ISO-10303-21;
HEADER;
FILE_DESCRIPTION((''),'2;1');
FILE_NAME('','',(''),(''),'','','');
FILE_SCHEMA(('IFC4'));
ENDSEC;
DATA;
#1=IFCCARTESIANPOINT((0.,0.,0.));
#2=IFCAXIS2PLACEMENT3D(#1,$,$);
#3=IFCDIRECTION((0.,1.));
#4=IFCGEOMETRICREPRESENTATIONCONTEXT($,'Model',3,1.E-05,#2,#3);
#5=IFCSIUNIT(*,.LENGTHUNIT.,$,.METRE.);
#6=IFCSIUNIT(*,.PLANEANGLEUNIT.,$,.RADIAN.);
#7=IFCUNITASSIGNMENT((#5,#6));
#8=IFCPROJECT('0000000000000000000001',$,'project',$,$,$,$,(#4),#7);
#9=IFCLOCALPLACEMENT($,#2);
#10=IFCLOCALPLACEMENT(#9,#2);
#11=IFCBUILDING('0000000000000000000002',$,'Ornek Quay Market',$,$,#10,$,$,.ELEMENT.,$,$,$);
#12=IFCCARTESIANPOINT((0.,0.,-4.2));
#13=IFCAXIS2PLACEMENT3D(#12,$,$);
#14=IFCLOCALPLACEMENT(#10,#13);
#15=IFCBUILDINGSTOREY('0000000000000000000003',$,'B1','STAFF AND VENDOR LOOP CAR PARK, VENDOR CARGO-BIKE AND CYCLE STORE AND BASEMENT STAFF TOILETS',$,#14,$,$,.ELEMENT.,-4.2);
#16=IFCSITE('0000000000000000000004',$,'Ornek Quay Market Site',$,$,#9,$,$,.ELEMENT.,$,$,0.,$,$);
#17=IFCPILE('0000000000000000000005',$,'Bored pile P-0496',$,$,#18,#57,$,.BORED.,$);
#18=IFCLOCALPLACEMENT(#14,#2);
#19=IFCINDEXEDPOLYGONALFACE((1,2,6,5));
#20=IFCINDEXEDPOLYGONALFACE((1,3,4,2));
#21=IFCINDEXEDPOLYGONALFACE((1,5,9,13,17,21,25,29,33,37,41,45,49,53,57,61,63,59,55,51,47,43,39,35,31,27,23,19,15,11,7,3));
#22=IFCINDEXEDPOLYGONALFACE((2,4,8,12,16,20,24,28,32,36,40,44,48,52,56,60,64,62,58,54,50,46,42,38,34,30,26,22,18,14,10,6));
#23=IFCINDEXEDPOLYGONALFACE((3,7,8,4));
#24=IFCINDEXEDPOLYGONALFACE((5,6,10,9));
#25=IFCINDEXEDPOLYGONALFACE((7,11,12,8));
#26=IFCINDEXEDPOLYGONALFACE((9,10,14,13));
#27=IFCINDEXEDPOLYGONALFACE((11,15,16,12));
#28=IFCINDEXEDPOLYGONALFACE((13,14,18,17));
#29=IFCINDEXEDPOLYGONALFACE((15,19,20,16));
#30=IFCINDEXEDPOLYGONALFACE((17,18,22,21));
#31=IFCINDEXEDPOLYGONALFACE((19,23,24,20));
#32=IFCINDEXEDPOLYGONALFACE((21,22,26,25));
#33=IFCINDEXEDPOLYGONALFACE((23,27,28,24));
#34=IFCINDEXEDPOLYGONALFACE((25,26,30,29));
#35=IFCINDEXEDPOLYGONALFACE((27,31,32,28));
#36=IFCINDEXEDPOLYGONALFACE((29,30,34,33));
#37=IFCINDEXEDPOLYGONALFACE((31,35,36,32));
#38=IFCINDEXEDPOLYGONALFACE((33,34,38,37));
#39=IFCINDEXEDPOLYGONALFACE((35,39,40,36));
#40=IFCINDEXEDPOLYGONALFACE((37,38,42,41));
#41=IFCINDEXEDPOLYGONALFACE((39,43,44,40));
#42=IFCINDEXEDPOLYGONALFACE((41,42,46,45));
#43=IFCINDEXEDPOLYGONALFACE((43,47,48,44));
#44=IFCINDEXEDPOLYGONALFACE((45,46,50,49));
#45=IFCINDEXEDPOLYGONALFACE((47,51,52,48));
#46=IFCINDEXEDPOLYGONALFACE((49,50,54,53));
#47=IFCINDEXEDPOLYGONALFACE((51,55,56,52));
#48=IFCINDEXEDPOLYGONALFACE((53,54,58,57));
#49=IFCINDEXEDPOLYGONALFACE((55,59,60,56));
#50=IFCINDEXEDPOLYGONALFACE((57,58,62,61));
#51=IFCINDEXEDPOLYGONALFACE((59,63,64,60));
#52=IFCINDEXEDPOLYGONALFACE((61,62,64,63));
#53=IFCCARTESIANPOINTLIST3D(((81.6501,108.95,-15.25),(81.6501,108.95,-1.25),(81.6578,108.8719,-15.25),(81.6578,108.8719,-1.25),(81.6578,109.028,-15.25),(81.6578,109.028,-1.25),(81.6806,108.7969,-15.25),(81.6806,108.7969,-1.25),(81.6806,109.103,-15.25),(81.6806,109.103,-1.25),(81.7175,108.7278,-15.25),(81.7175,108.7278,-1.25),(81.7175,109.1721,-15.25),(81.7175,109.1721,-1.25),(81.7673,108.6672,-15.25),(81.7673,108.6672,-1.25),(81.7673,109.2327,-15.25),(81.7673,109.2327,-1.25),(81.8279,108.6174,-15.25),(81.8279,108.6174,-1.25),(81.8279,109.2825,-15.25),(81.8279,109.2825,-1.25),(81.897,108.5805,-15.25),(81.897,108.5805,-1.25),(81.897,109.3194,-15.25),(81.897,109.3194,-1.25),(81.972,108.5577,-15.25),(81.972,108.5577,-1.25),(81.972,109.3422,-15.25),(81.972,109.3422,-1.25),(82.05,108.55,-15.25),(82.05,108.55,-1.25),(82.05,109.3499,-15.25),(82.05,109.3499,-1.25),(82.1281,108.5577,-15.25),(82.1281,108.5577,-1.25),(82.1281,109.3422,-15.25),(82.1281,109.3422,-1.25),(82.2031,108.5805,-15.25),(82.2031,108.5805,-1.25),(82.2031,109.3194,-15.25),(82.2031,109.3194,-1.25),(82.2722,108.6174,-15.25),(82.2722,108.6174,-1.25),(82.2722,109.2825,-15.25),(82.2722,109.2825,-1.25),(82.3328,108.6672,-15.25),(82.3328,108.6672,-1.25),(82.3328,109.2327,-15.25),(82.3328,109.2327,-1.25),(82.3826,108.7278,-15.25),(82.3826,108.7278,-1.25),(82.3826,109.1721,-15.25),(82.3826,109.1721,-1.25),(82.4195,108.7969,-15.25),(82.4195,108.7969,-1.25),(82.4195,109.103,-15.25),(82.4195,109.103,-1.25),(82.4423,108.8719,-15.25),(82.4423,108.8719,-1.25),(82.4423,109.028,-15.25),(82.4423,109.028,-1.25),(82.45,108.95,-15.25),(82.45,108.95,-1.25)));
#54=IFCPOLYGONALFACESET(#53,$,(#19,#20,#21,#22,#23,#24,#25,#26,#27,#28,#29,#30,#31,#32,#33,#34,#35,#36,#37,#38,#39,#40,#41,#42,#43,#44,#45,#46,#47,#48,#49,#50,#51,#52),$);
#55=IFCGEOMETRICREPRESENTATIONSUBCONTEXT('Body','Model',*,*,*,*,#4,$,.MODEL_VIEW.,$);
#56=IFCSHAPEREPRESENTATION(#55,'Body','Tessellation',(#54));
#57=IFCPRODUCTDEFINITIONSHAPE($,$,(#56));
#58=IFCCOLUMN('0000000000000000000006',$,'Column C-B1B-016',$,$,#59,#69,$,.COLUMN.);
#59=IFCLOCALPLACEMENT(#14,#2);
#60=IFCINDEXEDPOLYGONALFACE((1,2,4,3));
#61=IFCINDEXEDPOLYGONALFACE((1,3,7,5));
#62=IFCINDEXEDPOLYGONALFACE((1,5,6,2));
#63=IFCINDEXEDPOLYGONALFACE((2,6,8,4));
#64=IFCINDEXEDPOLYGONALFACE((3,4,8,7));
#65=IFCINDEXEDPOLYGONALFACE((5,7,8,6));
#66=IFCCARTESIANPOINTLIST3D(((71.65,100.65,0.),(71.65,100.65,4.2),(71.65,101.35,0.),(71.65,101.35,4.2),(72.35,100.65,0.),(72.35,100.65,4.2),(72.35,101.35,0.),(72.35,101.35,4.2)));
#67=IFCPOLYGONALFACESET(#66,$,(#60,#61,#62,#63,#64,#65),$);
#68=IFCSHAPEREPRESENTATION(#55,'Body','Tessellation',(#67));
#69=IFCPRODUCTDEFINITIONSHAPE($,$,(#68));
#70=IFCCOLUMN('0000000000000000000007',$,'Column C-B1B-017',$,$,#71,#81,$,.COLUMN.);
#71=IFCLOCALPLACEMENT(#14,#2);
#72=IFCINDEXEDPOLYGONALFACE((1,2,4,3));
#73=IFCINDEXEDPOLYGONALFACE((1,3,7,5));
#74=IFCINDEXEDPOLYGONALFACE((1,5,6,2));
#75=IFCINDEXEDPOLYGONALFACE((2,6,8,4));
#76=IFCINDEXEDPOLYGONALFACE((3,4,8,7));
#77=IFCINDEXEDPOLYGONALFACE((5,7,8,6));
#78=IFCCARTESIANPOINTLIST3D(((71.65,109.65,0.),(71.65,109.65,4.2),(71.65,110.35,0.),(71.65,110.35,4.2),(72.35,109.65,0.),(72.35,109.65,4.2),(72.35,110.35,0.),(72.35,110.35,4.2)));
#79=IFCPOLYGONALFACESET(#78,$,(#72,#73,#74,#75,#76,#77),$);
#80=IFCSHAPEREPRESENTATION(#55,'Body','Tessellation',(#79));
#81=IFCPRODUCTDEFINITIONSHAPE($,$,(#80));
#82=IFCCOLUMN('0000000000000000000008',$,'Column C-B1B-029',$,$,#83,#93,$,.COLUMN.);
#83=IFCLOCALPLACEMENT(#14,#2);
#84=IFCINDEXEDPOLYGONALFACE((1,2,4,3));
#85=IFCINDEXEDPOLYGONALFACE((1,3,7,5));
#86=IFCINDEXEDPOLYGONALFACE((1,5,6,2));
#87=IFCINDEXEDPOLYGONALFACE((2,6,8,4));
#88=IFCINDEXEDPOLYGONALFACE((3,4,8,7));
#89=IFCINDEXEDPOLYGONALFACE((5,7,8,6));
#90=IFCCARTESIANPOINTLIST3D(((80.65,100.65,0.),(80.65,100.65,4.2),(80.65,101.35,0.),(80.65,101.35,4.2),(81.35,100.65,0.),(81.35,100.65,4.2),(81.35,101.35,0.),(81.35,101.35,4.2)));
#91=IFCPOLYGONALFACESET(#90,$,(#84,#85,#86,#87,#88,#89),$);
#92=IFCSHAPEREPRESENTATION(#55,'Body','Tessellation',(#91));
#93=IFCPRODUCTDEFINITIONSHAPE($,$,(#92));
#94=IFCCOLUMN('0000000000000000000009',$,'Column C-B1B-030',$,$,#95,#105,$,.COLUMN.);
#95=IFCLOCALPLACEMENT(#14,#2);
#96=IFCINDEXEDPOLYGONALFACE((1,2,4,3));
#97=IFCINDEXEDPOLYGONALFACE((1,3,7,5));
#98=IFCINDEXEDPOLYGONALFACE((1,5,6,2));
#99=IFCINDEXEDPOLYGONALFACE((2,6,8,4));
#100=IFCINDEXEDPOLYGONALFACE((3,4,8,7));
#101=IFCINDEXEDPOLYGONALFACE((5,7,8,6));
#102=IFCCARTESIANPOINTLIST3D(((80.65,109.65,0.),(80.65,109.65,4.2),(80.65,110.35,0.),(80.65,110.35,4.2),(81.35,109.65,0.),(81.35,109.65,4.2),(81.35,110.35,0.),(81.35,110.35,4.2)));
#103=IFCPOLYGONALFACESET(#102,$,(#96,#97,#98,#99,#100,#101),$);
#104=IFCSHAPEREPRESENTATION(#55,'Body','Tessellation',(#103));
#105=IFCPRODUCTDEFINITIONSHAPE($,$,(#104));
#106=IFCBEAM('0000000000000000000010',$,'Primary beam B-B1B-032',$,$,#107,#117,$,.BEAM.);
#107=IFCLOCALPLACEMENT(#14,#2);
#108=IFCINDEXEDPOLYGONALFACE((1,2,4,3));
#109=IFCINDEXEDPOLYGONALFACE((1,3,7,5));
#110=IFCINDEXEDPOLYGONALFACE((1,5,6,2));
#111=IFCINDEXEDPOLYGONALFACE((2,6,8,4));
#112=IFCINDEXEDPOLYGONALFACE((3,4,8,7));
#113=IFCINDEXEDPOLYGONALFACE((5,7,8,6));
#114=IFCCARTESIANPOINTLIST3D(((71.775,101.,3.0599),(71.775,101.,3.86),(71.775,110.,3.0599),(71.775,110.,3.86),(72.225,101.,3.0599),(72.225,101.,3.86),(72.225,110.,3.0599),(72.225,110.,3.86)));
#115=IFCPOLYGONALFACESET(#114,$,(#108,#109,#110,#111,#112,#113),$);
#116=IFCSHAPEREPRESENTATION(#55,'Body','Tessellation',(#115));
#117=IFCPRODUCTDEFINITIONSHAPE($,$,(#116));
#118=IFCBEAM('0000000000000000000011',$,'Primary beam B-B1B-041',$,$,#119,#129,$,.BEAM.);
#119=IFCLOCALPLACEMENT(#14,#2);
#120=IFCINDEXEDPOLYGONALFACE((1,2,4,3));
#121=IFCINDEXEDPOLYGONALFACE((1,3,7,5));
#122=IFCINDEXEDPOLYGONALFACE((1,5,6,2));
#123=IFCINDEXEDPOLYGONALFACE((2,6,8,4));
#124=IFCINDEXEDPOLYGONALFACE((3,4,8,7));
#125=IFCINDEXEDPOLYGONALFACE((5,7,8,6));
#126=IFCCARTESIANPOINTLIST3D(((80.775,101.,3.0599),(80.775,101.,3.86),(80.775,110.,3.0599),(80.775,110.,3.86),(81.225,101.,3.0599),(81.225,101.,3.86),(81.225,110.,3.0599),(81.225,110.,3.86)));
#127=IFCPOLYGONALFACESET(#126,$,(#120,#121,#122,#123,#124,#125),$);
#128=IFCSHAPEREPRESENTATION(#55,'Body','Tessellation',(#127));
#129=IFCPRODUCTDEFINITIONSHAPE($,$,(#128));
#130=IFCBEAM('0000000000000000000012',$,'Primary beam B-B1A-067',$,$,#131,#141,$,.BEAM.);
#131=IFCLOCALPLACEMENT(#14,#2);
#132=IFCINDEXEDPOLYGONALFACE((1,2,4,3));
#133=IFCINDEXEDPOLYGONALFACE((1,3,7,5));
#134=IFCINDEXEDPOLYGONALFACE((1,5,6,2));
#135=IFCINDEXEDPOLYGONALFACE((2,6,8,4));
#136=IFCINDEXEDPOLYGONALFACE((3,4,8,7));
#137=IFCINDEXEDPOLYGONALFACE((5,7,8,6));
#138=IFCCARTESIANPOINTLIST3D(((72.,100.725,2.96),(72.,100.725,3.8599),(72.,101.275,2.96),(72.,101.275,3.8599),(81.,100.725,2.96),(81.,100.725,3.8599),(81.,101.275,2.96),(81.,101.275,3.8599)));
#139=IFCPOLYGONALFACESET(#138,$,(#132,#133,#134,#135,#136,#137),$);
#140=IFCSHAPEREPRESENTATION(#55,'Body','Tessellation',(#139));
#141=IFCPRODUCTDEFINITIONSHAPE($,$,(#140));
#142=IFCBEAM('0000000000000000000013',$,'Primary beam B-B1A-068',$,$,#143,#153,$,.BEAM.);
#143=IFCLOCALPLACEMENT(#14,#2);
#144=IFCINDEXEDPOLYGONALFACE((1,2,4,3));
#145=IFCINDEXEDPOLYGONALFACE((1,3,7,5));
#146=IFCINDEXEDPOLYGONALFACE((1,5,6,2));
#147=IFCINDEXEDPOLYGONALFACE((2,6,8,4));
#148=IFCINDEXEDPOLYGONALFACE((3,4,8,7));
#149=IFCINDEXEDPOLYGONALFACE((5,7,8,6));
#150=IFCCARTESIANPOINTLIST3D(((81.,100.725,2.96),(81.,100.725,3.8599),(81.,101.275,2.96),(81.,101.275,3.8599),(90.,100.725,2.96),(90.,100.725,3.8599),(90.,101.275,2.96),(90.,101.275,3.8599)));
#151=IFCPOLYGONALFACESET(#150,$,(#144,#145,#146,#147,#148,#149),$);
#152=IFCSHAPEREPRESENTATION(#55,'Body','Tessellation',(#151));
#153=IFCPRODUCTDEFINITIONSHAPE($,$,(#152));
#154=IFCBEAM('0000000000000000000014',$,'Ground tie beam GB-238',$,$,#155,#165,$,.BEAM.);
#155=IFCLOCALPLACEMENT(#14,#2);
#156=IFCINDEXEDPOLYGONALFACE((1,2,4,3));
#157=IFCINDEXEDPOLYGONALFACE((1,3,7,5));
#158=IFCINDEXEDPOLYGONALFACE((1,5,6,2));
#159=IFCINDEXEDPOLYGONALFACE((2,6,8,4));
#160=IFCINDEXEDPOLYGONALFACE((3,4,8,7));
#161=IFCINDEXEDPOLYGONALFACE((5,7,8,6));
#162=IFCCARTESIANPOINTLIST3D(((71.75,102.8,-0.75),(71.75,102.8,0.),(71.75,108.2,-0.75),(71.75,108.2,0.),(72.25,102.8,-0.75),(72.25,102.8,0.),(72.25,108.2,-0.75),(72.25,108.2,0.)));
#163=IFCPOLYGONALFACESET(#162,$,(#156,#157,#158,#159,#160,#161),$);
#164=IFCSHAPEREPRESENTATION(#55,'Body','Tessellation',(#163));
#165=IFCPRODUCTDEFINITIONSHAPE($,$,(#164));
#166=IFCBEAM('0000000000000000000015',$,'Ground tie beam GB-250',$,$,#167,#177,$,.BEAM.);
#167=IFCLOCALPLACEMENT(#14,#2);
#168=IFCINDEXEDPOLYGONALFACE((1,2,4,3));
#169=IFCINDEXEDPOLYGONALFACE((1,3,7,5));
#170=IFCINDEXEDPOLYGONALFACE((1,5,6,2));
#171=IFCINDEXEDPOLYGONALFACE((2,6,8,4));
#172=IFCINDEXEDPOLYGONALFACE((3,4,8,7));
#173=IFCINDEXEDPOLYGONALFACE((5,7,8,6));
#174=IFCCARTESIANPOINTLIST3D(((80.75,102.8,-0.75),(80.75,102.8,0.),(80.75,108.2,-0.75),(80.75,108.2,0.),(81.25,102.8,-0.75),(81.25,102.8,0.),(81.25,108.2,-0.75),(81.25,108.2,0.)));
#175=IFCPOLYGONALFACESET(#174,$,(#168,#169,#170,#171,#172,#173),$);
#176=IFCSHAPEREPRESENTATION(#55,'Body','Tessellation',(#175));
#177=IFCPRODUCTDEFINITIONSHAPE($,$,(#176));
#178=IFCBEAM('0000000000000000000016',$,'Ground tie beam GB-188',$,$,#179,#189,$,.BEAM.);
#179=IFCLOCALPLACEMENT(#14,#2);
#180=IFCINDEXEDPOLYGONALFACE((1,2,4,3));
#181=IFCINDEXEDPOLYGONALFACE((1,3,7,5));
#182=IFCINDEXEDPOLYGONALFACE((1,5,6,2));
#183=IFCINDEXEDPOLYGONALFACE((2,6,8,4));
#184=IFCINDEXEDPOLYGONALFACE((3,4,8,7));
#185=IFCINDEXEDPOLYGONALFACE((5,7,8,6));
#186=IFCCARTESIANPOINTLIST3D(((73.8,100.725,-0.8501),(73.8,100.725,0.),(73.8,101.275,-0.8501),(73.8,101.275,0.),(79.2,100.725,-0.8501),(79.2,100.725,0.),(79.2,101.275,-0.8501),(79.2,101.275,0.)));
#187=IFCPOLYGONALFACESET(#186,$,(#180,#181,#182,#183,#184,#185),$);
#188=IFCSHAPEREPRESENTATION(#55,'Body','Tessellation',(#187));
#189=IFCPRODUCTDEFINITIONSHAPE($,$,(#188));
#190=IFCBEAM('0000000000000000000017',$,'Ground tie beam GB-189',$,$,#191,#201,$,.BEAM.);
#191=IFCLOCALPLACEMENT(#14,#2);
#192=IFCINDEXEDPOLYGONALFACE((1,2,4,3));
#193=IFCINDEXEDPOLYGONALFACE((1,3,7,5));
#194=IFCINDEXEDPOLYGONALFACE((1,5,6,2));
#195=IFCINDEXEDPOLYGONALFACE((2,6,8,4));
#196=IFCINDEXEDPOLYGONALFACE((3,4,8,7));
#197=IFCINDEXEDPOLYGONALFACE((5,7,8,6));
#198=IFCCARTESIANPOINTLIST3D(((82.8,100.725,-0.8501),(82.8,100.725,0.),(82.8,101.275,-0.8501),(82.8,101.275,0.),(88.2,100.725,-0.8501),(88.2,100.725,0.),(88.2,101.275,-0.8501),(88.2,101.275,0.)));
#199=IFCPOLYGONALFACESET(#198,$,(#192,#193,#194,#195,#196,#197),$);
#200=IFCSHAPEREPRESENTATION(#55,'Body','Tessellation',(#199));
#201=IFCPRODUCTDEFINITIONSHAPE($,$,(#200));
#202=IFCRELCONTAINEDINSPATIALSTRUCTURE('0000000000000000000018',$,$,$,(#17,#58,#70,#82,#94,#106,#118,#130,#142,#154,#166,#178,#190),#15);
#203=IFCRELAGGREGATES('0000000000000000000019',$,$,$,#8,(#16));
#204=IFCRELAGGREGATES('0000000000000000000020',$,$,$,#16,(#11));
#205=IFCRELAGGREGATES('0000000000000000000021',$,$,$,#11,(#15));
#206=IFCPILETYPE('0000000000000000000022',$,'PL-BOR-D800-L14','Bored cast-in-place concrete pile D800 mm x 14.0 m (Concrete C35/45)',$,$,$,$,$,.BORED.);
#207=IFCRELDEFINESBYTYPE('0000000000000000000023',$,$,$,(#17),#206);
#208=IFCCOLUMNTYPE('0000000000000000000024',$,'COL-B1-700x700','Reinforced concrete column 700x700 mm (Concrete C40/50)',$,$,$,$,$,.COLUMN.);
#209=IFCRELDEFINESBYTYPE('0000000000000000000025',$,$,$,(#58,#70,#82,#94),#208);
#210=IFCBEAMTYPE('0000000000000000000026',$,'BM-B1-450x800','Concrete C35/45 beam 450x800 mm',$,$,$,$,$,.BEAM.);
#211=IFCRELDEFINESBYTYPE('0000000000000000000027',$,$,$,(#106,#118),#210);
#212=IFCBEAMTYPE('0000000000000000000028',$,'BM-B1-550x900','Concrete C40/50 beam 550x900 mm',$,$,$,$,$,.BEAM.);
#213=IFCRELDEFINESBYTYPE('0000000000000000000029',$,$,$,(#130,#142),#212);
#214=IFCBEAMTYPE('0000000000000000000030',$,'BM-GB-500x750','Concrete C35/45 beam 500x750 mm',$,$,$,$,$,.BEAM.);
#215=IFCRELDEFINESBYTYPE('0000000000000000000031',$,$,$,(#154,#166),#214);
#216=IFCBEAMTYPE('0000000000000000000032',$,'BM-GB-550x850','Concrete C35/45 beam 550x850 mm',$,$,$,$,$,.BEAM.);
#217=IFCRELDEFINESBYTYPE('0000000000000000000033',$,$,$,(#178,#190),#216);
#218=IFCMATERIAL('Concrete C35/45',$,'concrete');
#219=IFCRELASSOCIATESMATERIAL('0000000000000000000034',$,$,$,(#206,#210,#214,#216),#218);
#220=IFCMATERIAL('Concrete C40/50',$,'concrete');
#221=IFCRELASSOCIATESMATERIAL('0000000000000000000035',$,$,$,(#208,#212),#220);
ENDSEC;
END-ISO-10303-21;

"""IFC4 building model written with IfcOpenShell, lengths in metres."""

from ifc_helpers import new_model, si_unit, direction, frame, origin, origin_2d, place, context, subcontext, project, spatial, rectangle, circle, extrude, material, material_profile, profile_set, type_object, element, save


model = new_model("IFC4")

# Units and contexts
model_context = context("Model", 3, precision=1e-05, world=origin(), true_north=direction((0.0, 1.0)))
body_context = subcontext(model_context, "Body", "Model", "MODEL_VIEW")
ifc_project = project(units=[si_unit("LENGTHUNIT", "METRE"), si_unit("PLANEANGLEUNIT", "RADIAN")], contexts=[model_context])

# Site, building, storey
site_placement = place(None, origin())
site = spatial("IfcSite", under=ifc_project, at=site_placement, Name="Ornek Quay Market Site", CompositionType="ELEMENT", RefElevation=0.0)
building_placement = place(site_placement, origin())
building = spatial("IfcBuilding", under=site, at=building_placement, Name="Ornek Quay Market", CompositionType="ELEMENT")
storey_placement = place(building_placement, frame((0.0, 0.0, -4.2)))
storey = spatial("IfcBuildingStorey", under=building, at=storey_placement, Name="B1", Description="STAFF AND VENDOR LOOP CAR PARK, VENDOR CARGO-BIKE AND CYCLE STORE AND BASEMENT STAFF TOILETS", CompositionType="ELEMENT", Elevation=-4.2)

# Pile
ifc_material_1 = material(Name="Concrete C35/45", Category="concrete")
ifc_material_profile_1 = material_profile(ifc_material_1, circle(Radius=0.3999, at=origin_2d()), Name="PILE D800", Category="concrete")
ifc_profile_set_1 = profile_set([ifc_material_profile_1], Name="Concrete C35/45")
pile_type = type_object("IfcPileType", Name="PL-BOR-D800-L14", Description="Bored cast-in-place concrete pile D800 mm x 14.0 m (Concrete C35/45)", PredefinedType="BORED", material=ifc_profile_set_1)
for number, where, z_axis, x_axis, name in (
    (1, (82.05, 108.95, -1.25), (0.0, 0.0, -1.0), (1.0, 0.0, 0.0), "Bored pile P-0496"),
):
    element("IfcPile", number, at=place(storey_placement, frame(where, z_axis=z_axis, x_axis=x_axis)), inside=storey, type_object=pile_type, Name=name, PredefinedType="BORED", context=body_context, shape_type="SweptSolid", body=[
        extrude(circle(Radius=0.3999, at=origin_2d()), origin(), (0.0, 0.0, 1.0), 14.0),
    ])

# Columns
ifc_material_2 = material(Name="Concrete C40/50", Category="concrete")
ifc_material_profile_2 = material_profile(ifc_material_2, rectangle(XDim=0.7, YDim=0.7, at=origin_2d()), Name="RC 700x700", Category="concrete")
ifc_profile_set_2 = profile_set([ifc_material_profile_2], Name="Concrete C40/50")
column_type = type_object("IfcColumnType", Name="COL-B1-700x700", Description="Reinforced concrete column 700x700 mm (Concrete C40/50)", PredefinedType="COLUMN", material=ifc_profile_set_2)
for number, where, z_axis, x_axis, name in (
    (2, (72.0, 101.0, 0.0), (0.0, 0.0, 1.0), (1.0, 0.0, 0.0), "Column C-B1B-016"),
    (3, (72.0, 110.0, 0.0), (0.0, 0.0, 1.0), (1.0, 0.0, 0.0), "Column C-B1B-017"),
    (4, (81.0, 101.0, 0.0), (0.0, 0.0, 1.0), (1.0, 0.0, 0.0), "Column C-B1B-029"),
    (5, (81.0, 110.0, 0.0), (0.0, 0.0, 1.0), (1.0, 0.0, 0.0), "Column C-B1B-030"),
):
    element("IfcColumn", number, at=place(storey_placement, frame(where, z_axis=z_axis, x_axis=x_axis)), inside=storey, type_object=column_type, Name=name, PredefinedType="COLUMN", context=body_context, shape_type="SweptSolid", body=[
        extrude(rectangle(XDim=0.7, YDim=0.7, at=origin_2d()), origin(), (0.0, 0.0, 1.0), 4.2),
    ])

# Beams
ifc_material_profile_3 = material_profile(ifc_material_1, rectangle(XDim=0.45, YDim=0.8, at=origin_2d()), Name="RC 450x800", Category="concrete")
ifc_profile_set_3 = profile_set([ifc_material_profile_3], Name="Concrete C35/45")
beam_type_1 = type_object("IfcBeamType", Name="BM-B1-450x800", Description="Concrete C35/45 beam 450x800 mm", PredefinedType="BEAM", material=ifc_profile_set_3)
for number, where, z_axis, x_axis, name in (
    (6, (72.0, 101.0, 3.46), (0.0, 1.0, 0.0), (-1.0, 0.0, 0.0), "Primary beam B-B1B-032"),
    (7, (81.0, 101.0, 3.46), (0.0, 1.0, 0.0), (-1.0, 0.0, 0.0), "Primary beam B-B1B-041"),
):
    element("IfcBeam", number, at=place(storey_placement, frame(where, z_axis=z_axis, x_axis=x_axis)), inside=storey, type_object=beam_type_1, Name=name, PredefinedType="BEAM", context=body_context, shape_type="SweptSolid", body=[
        extrude(rectangle(XDim=0.45, YDim=0.8, at=origin_2d()), origin(), (0.0, 0.0, 1.0), 9.0),
    ])
ifc_material_profile_4 = material_profile(ifc_material_2, rectangle(XDim=0.55, YDim=0.8999, at=origin_2d()), Name="RC 550x900", Category="concrete")
ifc_profile_set_4 = profile_set([ifc_material_profile_4], Name="Concrete C40/50")
beam_type_2 = type_object("IfcBeamType", Name="BM-B1-550x900", Description="Concrete C40/50 beam 550x900 mm", PredefinedType="BEAM", material=ifc_profile_set_4)
for number, where, z_axis, x_axis, name in (
    (8, (72.0, 101.0, 3.4099), (1.0, 0.0, 0.0), (0.0, 1.0, 0.0), "Primary beam B-B1A-067"),
    (9, (81.0, 101.0, 3.4099), (1.0, 0.0, 0.0), (0.0, 1.0, 0.0), "Primary beam B-B1A-068"),
):
    element("IfcBeam", number, at=place(storey_placement, frame(where, z_axis=z_axis, x_axis=x_axis)), inside=storey, type_object=beam_type_2, Name=name, PredefinedType="BEAM", context=body_context, shape_type="SweptSolid", body=[
        extrude(rectangle(XDim=0.55, YDim=0.8999, at=origin_2d()), origin(), (0.0, 0.0, 1.0), 9.0),
    ])
ifc_material_profile_5 = material_profile(ifc_material_1, rectangle(XDim=0.5, YDim=0.75, at=origin_2d()), Name="RC 500x750", Category="concrete")
ifc_profile_set_5 = profile_set([ifc_material_profile_5], Name="Concrete C35/45")
beam_type_3 = type_object("IfcBeamType", Name="BM-GB-500x750", Description="Concrete C35/45 beam 500x750 mm", PredefinedType="BEAM", material=ifc_profile_set_5)
for number, where, z_axis, x_axis, name in (
    (10, (72.0, 102.8, -0.375), (0.0, 1.0, 0.0), (-1.0, 0.0, 0.0), "Ground tie beam GB-238"),
    (11, (81.0, 102.8, -0.375), (0.0, 1.0, 0.0), (-1.0, 0.0, 0.0), "Ground tie beam GB-250"),
):
    element("IfcBeam", number, at=place(storey_placement, frame(where, z_axis=z_axis, x_axis=x_axis)), inside=storey, type_object=beam_type_3, Name=name, PredefinedType="BEAM", context=body_context, shape_type="SweptSolid", body=[
        extrude(rectangle(XDim=0.5, YDim=0.75, at=origin_2d()), origin(), (0.0, 0.0, 1.0), 5.3999),
    ])
ifc_material_profile_6 = material_profile(ifc_material_1, rectangle(XDim=0.55, YDim=0.8501, at=origin_2d()), Name="RC 550x850", Category="concrete")
ifc_profile_set_6 = profile_set([ifc_material_profile_6], Name="Concrete C35/45")
beam_type_4 = type_object("IfcBeamType", Name="BM-GB-550x850", Description="Concrete C35/45 beam 550x850 mm", PredefinedType="BEAM", material=ifc_profile_set_6)
for number, where, z_axis, x_axis, name in (
    (12, (73.8, 101.0, -0.425), (1.0, 0.0, 0.0), (0.0, 1.0, 0.0), "Ground tie beam GB-188"),
    (13, (82.8, 101.0, -0.425), (1.0, 0.0, 0.0), (0.0, 1.0, 0.0), "Ground tie beam GB-189"),
):
    element("IfcBeam", number, at=place(storey_placement, frame(where, z_axis=z_axis, x_axis=x_axis)), inside=storey, type_object=beam_type_4, Name=name, PredefinedType="BEAM", context=body_context, shape_type="SweptSolid", body=[
        extrude(rectangle(XDim=0.55, YDim=0.8501, at=origin_2d()), origin(), (0.0, 0.0, 1.0), 5.3999),
    ])

save(model, "model.ifc")
